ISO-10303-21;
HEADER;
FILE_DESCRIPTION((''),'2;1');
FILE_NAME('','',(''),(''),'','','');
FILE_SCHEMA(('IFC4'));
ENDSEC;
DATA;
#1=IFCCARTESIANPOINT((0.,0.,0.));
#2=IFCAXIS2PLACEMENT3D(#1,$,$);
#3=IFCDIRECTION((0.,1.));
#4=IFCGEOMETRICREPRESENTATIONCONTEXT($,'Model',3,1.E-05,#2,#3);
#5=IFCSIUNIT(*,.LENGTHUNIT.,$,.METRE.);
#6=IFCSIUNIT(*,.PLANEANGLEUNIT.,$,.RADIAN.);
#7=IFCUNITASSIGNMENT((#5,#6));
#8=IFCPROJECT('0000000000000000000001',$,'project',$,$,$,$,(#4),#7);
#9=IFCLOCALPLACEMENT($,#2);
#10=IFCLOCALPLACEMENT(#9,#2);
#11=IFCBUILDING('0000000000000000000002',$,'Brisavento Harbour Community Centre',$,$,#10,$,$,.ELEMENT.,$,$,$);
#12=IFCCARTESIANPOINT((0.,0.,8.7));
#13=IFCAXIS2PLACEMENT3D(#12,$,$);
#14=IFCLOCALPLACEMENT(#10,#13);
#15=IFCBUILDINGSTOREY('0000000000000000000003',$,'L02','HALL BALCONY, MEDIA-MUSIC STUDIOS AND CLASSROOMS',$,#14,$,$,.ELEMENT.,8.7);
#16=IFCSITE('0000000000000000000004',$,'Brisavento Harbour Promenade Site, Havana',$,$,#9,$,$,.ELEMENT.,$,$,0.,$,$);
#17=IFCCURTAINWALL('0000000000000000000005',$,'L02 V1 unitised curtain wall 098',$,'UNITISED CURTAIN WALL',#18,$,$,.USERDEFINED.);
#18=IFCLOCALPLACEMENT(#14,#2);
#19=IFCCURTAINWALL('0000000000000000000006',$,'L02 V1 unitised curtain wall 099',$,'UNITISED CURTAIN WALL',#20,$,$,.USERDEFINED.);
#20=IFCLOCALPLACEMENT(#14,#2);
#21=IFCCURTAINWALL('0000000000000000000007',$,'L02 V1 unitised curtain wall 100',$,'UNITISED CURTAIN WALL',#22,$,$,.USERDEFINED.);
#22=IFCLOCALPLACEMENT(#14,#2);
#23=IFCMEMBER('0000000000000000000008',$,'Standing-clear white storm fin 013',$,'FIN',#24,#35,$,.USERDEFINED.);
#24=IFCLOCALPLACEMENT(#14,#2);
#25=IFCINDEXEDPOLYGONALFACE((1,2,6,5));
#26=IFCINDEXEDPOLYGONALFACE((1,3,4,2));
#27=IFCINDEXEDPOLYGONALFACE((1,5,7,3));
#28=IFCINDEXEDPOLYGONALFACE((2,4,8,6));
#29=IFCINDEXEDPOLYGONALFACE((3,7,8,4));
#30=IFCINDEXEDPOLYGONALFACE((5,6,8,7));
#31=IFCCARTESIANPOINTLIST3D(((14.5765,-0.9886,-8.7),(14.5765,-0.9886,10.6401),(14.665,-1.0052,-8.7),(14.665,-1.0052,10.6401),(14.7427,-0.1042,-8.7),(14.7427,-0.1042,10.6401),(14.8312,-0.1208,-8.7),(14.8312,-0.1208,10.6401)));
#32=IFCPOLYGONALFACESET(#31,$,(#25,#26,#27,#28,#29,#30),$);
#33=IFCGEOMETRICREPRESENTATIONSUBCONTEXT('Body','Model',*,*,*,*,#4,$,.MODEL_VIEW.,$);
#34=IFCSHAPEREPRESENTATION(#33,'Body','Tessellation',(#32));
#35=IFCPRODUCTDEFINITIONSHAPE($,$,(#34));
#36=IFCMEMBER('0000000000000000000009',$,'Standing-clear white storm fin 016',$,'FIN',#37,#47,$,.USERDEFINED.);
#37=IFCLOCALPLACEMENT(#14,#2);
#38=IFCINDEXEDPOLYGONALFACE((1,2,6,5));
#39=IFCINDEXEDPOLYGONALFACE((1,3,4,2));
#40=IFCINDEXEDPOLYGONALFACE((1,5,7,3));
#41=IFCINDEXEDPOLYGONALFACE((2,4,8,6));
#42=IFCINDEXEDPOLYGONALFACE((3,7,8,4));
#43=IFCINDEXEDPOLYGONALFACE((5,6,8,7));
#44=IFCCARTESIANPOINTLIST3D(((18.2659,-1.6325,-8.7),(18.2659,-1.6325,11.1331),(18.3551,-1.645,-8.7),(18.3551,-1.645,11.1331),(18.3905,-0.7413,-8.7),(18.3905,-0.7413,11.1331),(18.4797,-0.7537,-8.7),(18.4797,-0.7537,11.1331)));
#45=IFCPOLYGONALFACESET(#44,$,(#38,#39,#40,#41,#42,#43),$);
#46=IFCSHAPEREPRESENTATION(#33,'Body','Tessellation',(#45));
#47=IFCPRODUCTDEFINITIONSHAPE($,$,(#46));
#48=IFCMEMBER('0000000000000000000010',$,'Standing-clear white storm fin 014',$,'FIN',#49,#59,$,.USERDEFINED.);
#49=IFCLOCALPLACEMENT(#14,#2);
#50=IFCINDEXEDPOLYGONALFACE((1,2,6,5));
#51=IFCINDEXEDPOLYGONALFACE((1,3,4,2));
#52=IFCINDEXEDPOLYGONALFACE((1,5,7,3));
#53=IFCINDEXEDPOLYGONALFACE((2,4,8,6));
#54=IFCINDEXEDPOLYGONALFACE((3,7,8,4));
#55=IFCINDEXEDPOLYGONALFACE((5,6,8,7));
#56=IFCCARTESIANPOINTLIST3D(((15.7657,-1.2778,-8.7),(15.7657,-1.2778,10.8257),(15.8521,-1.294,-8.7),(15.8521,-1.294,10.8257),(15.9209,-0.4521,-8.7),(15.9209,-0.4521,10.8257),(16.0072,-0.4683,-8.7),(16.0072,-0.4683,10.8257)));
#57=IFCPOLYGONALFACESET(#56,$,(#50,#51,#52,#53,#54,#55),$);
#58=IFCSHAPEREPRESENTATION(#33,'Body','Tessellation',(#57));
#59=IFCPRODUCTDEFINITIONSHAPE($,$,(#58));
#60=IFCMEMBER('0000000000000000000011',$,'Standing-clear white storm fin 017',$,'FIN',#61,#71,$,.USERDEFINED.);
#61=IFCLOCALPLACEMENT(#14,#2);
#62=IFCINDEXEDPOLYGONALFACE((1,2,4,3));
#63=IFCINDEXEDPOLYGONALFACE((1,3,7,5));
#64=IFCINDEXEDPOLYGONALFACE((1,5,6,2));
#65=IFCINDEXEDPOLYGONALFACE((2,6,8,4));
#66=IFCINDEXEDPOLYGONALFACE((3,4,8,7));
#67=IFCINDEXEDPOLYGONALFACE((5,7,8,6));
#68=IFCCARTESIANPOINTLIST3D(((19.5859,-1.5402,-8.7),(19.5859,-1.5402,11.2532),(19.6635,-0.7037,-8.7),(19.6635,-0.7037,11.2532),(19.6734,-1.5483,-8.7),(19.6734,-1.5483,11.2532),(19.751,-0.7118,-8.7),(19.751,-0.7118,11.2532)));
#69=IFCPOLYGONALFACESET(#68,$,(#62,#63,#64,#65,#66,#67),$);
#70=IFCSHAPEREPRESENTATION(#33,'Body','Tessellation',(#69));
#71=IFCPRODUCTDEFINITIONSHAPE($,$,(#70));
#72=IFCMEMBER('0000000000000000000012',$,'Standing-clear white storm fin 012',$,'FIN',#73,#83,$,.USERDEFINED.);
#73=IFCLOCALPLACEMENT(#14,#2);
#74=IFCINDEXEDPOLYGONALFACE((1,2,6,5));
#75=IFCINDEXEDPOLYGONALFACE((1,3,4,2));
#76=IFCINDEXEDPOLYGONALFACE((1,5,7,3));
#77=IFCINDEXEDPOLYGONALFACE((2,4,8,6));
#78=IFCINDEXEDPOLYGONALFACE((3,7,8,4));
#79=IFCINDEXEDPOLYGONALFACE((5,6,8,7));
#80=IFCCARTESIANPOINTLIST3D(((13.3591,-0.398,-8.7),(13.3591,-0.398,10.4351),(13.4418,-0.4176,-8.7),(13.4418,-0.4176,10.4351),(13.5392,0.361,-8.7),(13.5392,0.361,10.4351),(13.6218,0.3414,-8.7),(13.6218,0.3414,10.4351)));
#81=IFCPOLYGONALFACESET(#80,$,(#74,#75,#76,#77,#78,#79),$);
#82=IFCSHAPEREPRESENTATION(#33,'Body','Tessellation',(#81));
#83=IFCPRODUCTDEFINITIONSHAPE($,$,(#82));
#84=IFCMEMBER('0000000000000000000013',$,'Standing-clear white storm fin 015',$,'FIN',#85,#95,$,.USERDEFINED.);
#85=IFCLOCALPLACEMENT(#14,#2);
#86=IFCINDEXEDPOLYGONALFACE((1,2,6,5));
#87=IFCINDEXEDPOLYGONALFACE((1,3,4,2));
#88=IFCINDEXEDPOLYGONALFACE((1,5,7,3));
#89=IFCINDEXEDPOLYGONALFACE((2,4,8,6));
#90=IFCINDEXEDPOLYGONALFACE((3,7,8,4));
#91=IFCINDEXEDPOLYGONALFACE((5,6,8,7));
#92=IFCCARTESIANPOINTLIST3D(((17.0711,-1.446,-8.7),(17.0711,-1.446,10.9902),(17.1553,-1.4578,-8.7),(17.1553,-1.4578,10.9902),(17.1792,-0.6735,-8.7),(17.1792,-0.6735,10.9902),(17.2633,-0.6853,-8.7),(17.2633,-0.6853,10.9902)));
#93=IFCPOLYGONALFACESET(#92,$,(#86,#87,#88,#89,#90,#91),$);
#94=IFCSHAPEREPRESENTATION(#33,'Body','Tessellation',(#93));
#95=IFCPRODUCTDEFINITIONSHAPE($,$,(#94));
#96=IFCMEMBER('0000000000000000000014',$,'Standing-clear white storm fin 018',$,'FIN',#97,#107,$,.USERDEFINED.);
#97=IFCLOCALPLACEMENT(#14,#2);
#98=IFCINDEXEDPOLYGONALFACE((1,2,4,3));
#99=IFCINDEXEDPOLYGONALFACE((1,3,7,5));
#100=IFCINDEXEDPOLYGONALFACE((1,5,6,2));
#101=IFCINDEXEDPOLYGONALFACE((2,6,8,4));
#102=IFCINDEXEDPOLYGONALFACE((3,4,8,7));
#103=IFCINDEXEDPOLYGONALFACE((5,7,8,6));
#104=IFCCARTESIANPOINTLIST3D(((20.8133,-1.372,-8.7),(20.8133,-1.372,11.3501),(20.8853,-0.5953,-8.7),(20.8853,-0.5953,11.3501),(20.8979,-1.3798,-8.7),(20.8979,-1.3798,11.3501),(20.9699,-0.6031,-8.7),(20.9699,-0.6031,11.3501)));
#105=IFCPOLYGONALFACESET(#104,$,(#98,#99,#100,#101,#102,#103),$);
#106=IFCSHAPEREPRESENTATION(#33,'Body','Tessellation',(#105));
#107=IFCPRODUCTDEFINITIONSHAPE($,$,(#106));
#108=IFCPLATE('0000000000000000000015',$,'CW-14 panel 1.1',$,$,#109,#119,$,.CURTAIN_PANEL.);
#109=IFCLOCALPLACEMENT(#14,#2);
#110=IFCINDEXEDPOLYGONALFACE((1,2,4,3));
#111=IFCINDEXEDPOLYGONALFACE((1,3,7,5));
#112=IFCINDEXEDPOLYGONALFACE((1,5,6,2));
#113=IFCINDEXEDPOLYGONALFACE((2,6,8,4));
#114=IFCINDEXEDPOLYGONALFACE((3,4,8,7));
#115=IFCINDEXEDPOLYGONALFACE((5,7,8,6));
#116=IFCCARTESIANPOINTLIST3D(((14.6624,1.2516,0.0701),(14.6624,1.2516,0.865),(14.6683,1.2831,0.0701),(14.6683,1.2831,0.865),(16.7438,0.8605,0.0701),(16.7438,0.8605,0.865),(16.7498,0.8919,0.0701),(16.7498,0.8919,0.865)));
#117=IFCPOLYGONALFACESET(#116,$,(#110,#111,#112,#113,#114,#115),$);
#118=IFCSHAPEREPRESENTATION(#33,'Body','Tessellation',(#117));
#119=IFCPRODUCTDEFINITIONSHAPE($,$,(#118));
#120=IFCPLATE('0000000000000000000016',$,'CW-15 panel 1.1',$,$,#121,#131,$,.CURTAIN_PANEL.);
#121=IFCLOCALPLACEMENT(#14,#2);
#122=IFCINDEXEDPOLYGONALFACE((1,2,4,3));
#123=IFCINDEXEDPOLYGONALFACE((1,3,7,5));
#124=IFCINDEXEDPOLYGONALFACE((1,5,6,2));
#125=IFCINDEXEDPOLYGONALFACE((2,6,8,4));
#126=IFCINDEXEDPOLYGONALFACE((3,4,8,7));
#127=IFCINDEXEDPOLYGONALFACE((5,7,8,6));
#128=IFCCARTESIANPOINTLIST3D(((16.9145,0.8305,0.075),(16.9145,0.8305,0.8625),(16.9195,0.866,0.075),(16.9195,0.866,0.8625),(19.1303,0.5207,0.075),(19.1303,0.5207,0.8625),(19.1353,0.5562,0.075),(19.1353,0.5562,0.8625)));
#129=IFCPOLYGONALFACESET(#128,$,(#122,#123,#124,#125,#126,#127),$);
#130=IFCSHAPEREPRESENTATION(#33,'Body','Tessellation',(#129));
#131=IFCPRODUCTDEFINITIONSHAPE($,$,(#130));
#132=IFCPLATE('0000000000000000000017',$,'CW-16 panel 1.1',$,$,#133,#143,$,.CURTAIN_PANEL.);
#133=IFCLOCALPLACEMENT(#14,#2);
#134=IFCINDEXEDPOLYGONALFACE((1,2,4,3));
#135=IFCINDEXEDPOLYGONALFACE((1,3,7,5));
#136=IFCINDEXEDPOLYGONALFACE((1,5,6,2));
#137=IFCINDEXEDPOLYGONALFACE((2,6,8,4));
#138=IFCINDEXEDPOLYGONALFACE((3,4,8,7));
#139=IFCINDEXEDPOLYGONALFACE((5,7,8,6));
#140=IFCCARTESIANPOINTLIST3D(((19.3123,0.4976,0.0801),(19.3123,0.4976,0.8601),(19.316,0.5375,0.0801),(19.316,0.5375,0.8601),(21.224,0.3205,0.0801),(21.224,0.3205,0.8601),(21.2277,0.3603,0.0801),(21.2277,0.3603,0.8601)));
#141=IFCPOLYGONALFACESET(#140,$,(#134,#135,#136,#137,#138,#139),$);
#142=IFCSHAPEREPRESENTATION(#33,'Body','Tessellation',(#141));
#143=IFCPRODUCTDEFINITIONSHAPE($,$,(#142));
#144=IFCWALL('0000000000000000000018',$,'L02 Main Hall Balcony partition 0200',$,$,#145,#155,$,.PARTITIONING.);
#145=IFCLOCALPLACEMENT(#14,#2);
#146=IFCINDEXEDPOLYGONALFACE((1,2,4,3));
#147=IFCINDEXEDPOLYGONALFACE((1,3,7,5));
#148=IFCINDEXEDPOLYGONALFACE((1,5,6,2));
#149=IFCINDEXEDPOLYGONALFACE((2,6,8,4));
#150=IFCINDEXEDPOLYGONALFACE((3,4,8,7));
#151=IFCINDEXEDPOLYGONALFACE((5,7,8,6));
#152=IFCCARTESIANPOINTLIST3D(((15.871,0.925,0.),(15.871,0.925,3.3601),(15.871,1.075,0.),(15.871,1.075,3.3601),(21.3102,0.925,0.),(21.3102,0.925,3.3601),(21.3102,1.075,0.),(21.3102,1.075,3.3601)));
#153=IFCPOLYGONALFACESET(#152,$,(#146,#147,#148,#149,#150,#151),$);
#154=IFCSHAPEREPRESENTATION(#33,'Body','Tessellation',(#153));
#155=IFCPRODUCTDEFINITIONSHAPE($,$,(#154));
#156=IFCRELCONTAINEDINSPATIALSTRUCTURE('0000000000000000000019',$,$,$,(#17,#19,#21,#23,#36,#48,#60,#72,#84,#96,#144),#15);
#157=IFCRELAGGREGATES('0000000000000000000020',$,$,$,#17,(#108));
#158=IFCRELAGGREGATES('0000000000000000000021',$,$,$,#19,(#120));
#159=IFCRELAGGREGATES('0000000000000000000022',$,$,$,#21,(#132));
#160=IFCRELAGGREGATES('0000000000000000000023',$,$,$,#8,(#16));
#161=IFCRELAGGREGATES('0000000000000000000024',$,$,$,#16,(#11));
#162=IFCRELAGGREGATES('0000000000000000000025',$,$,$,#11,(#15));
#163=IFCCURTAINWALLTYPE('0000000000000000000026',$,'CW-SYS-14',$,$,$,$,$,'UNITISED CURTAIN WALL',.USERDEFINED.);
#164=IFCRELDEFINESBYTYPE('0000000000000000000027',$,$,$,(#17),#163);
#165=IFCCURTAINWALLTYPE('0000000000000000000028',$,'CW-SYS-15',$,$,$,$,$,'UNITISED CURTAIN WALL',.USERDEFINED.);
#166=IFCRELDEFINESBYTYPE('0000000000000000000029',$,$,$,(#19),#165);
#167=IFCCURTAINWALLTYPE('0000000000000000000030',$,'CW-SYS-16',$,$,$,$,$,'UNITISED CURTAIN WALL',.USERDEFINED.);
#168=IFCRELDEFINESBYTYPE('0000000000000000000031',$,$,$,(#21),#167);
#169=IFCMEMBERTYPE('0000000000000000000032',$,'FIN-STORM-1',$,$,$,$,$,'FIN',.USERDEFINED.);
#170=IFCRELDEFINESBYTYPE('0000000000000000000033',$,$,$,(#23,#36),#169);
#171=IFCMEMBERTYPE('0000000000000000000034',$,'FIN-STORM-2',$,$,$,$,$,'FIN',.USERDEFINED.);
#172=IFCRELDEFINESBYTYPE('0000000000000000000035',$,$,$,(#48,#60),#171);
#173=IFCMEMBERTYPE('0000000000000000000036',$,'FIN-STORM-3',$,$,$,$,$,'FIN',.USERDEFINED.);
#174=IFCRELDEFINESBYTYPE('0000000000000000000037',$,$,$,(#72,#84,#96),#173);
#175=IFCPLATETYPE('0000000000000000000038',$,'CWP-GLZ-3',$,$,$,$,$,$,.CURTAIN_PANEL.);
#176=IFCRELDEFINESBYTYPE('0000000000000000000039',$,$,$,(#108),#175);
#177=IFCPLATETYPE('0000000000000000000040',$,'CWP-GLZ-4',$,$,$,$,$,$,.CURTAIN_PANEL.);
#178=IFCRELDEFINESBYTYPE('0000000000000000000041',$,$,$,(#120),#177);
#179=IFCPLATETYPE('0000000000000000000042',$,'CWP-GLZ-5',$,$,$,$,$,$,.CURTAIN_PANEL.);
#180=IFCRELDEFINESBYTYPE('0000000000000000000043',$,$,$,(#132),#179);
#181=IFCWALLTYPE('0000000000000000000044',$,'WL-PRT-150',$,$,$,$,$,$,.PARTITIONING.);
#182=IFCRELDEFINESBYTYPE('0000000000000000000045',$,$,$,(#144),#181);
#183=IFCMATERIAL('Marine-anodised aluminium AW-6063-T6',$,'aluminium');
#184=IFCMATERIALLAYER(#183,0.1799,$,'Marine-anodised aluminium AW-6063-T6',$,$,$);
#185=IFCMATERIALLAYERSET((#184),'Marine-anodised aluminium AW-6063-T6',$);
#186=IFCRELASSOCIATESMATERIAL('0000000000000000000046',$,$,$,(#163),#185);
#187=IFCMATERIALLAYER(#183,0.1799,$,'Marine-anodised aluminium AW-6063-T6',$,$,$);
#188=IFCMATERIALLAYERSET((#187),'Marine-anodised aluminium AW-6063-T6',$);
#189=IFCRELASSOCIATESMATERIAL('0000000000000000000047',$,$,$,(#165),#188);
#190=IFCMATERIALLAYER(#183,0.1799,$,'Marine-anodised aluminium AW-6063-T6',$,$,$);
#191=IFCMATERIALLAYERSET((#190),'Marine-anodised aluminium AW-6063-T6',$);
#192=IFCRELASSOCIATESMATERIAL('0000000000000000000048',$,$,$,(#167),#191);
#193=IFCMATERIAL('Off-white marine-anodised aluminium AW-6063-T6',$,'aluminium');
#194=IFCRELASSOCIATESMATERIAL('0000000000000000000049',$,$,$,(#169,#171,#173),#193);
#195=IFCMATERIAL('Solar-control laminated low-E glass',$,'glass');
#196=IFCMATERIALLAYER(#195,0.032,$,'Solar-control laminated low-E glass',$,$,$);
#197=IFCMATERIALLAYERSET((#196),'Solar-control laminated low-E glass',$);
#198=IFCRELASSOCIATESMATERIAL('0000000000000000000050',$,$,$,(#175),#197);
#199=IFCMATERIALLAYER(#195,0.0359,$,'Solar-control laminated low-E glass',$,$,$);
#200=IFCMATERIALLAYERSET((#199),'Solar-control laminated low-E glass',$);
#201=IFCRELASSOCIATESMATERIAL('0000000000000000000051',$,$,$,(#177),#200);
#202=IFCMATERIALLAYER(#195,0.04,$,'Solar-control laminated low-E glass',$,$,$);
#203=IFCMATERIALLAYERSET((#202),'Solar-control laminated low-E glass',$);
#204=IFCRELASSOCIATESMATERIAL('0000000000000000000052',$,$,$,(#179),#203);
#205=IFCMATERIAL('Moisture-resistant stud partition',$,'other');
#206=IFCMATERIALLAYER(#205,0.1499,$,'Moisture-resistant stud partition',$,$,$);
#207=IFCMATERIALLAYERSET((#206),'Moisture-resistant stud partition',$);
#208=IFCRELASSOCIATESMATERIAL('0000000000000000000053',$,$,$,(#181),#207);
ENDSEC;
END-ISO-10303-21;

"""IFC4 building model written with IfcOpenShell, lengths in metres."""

from ifc_helpers import new_model, si_unit, direction, frame, frame_2d, origin, origin_2d, place, context, subcontext, project, spatial, rectangle, extrude, material, layer, layer_set, material_profile, profile_set, type_object, element, aggregate, save


model = new_model("IFC4")

# Units and contexts
model_context = context("Model", 3, precision=1e-05, world=origin(), true_north=direction((0.0, 1.0)))
body_context = subcontext(model_context, "Body", "Model", "MODEL_VIEW")
ifc_project = project(units=[si_unit("LENGTHUNIT", "METRE"), si_unit("PLANEANGLEUNIT", "RADIAN")], contexts=[model_context])

# Site, building, storey
site_placement = place(None, origin())
site = spatial("IfcSite", under=ifc_project, at=site_placement, Name="Brisavento Harbour Promenade Site, Havana", CompositionType="ELEMENT", RefElevation=0.0)
building_placement = place(site_placement, origin())
building = spatial("IfcBuilding", under=site, at=building_placement, Name="Brisavento Harbour Community Centre", CompositionType="ELEMENT")
storey_placement = place(building_placement, frame((0.0, 0.0, 8.7)))
storey = spatial("IfcBuildingStorey", under=building, at=storey_placement, Name="L02", Description="HALL BALCONY, MEDIA-MUSIC STUDIOS AND CLASSROOMS", CompositionType="ELEMENT", Elevation=8.7)

# Shared definitions
ifc_material_1 = material(Name="Marine-anodised aluminium AW-6063-T6", Category="aluminium")

# Curtain walls
ifc_layer_1 = layer(ifc_material_1, 0.1799, Name="Marine-anodised aluminium AW-6063-T6")
ifc_layer_set_1 = layer_set([ifc_layer_1], Name="Marine-anodised aluminium AW-6063-T6")
curtain_wall_type_1 = type_object("IfcCurtainWallType", Name="CW-SYS-14", ElementType="UNITISED CURTAIN WALL", PredefinedType="USERDEFINED", material=ifc_layer_set_1)
curtain_wall_1_placement = place(storey_placement, origin())
curtain_wall_1 = element("IfcCurtainWall", 1, at=curtain_wall_1_placement, inside=storey, type_object=curtain_wall_type_1, Name="L02 V1 unitised curtain wall 098", ObjectType="UNITISED CURTAIN WALL", PredefinedType="USERDEFINED")
ifc_layer_2 = layer(ifc_material_1, 0.1799, Name="Marine-anodised aluminium AW-6063-T6")
ifc_layer_set_2 = layer_set([ifc_layer_2], Name="Marine-anodised aluminium AW-6063-T6")
curtain_wall_type_2 = type_object("IfcCurtainWallType", Name="CW-SYS-15", ElementType="UNITISED CURTAIN WALL", PredefinedType="USERDEFINED", material=ifc_layer_set_2)
curtain_wall_2_placement = place(storey_placement, origin())
curtain_wall_2 = element("IfcCurtainWall", 2, at=curtain_wall_2_placement, inside=storey, type_object=curtain_wall_type_2, Name="L02 V1 unitised curtain wall 099", ObjectType="UNITISED CURTAIN WALL", PredefinedType="USERDEFINED")

# Curtain wall
ifc_layer_3 = layer(ifc_material_1, 0.1799, Name="Marine-anodised aluminium AW-6063-T6")
ifc_layer_set_3 = layer_set([ifc_layer_3], Name="Marine-anodised aluminium AW-6063-T6")
curtain_wall_type_3 = type_object("IfcCurtainWallType", Name="CW-SYS-16", ElementType="UNITISED CURTAIN WALL", PredefinedType="USERDEFINED", material=ifc_layer_set_3)
curtain_wall_3_placement = place(storey_placement, origin())
curtain_wall_3 = element("IfcCurtainWall", 3, at=curtain_wall_3_placement, inside=storey, type_object=curtain_wall_type_3, Name="L02 V1 unitised curtain wall 100", ObjectType="UNITISED CURTAIN WALL", PredefinedType="USERDEFINED")

# Members
ifc_material_2 = material(Name="Off-white marine-anodised aluminium AW-6063-T6", Category="aluminium")
ifc_material_profile_1 = material_profile(ifc_material_2, rectangle(XDim=0.0901, YDim=0.8999, at=origin_2d()), Name="Off-white marine-anodised aluminium AW-6063-T6")
ifc_profile_set_1 = profile_set([ifc_material_profile_1], Name="Off-white marine-anodised aluminium AW-6063-T6")
member_type_1 = type_object("IfcMemberType", Name="FIN-STORM-1", ElementType="FIN", PredefinedType="USERDEFINED", material=ifc_profile_set_1)
member_1_placement = place(storey_placement, frame((14.7039, -0.5547, -8.7), z_axis=(0.0, 0.0, 1.0), x_axis=(-0.9828, 0.184672, 0.0)))
element("IfcMember", 4, at=member_1_placement, inside=storey, type_object=member_type_1, Name="Standing-clear white storm fin 013", ObjectType="FIN", PredefinedType="USERDEFINED", context=body_context, shape_type="SweptSolid", body=[
    extrude(rectangle(XDim=0.0901, YDim=0.8999, at=origin_2d()), origin(), (0.0, 0.0, 1.0), 19.3401),
])
member_2_placement = place(storey_placement, frame((18.3728, -1.1931, -8.7), z_axis=(0.0, 0.0, 1.0), x_axis=(-0.990363, 0.138499, 0.0)))
element("IfcMember", 5, at=member_2_placement, inside=storey, type_object=member_type_1, Name="Standing-clear white storm fin 016", ObjectType="FIN", PredefinedType="USERDEFINED", context=body_context, shape_type="SweptSolid", body=[
    extrude(rectangle(XDim=0.0901, YDim=0.8999, at=origin_2d()), origin(), (0.0, 0.0, 1.0), 19.833),
])
ifc_material_profile_2 = material_profile(ifc_material_2, rectangle(XDim=0.0879, YDim=0.8401, at=origin_2d()), Name="Off-white marine-anodised aluminium AW-6063-T6")
ifc_profile_set_2 = profile_set([ifc_material_profile_2], Name="Off-white marine-anodised aluminium AW-6063-T6")
member_type_2 = type_object("IfcMemberType", Name="FIN-STORM-2", ElementType="FIN", PredefinedType="USERDEFINED", material=ifc_profile_set_2)
member_3_placement = place(storey_placement, frame((15.8865, -0.873, -8.7), z_axis=(0.0, 0.0, 1.0), x_axis=(-0.9828, 0.184672, 0.0)))
element("IfcMember", 6, at=member_3_placement, inside=storey, type_object=member_type_2, Name="Standing-clear white storm fin 014", ObjectType="FIN", PredefinedType="USERDEFINED", context=body_context, shape_type="SweptSolid", body=[
    extrude(rectangle(XDim=0.0879, YDim=0.8401, at=origin_2d()), origin(), (0.0, 0.0, 1.0), 19.5256),
])
member_4_placement = place(storey_placement, frame((19.6685, -1.126, -8.7), z_axis=(0.0, 0.0, 1.0), x_axis=(-0.995728, 0.092336, 0.0)))
element("IfcMember", 7, at=member_4_placement, inside=storey, type_object=member_type_2, Name="Standing-clear white storm fin 017", ObjectType="FIN", PredefinedType="USERDEFINED", context=body_context, shape_type="SweptSolid", body=[
    extrude(rectangle(XDim=0.0879, YDim=0.8401, at=origin_2d()), origin(), (0.0, 0.0, 1.0), 19.9531),
])
ifc_material_profile_3 = material_profile(ifc_material_2, rectangle(XDim=0.085, YDim=0.78, at=origin_2d()), Name="Off-white marine-anodised aluminium AW-6063-T6")
ifc_profile_set_3 = profile_set([ifc_material_profile_3], Name="Off-white marine-anodised aluminium AW-6063-T6")
member_type_3 = type_object("IfcMemberType", Name="FIN-STORM-3", ElementType="FIN", PredefinedType="USERDEFINED", material=ifc_profile_set_3)
member_5_placement = place(storey_placement, frame((13.4905, -0.0283, -8.7), z_axis=(0.0, 0.0, 1.0), x_axis=(-0.972994, 0.230831, 0.0)))
element("IfcMember", 8, at=member_5_placement, inside=storey, type_object=member_type_3, Name="Standing-clear white storm fin 012", ObjectType="FIN", PredefinedType="USERDEFINED", context=body_context, shape_type="SweptSolid", body=[
    extrude(rectangle(XDim=0.085, YDim=0.78, at=origin_2d()), origin(), (0.0, 0.0, 1.0), 19.135),
])
member_6_placement = place(storey_placement, frame((17.1672, -1.0657, -8.7), z_axis=(0.0, 0.0, 1.0), x_axis=(-0.990363, 0.138499, 0.0)))
element("IfcMember", 9, at=member_6_placement, inside=storey, type_object=member_type_3, Name="Standing-clear white storm fin 015", ObjectType="FIN", PredefinedType="USERDEFINED", context=body_context, shape_type="SweptSolid", body=[
    extrude(rectangle(XDim=0.085, YDim=0.78, at=origin_2d()), origin(), (0.0, 0.0, 1.0), 19.6902),
])
member_7_placement = place(storey_placement, frame((20.8916, -0.9875, -8.7), z_axis=(0.0, 0.0, 1.0), x_axis=(-0.995728, 0.092336, 0.0)))
element("IfcMember", 10, at=member_7_placement, inside=storey, type_object=member_type_3, Name="Standing-clear white storm fin 018", ObjectType="FIN", PredefinedType="USERDEFINED", context=body_context, shape_type="SweptSolid", body=[
    extrude(rectangle(XDim=0.085, YDim=0.78, at=origin_2d()), origin(), (0.0, 0.0, 1.0), 20.05),
])

# Plates
ifc_material_3 = material(Name="Solar-control laminated low-E glass", Category="glass")
ifc_layer_4 = layer(ifc_material_3, 0.032, Name="Solar-control laminated low-E glass")
ifc_layer_set_4 = layer_set([ifc_layer_4], Name="Solar-control laminated low-E glass")
plate_type_1 = type_object("IfcPlateType", Name="CWP-GLZ-3", PredefinedType="CURTAIN_PANEL", material=ifc_layer_set_4)
plate_1_placement = place(storey_placement, frame((15.7061, 1.0718, 0.0701), z_axis=(0.0, 0.0, 1.0), x_axis=(-0.982797, 0.18469, 0.0)))
plate_1 = element("IfcPlate", 11, at=plate_1_placement, type_object=plate_type_1, Name="CW-14 panel 1.1", PredefinedType="CURTAIN_PANEL", context=body_context, shape_type="SweptSolid", body=[
    extrude(rectangle(XDim=2.1179, YDim=0.032, at=origin_2d()), origin(), (0.0, 0.0, 1.0), 0.7949),
])
aggregate(curtain_wall_1, [plate_1])
ifc_layer_5 = layer(ifc_material_3, 0.0359, Name="Solar-control laminated low-E glass")
ifc_layer_set_5 = layer_set([ifc_layer_5], Name="Solar-control laminated low-E glass")
plate_type_2 = type_object("IfcPlateType", Name="CWP-GLZ-4", PredefinedType="CURTAIN_PANEL", material=ifc_layer_set_5)
plate_2_placement = place(storey_placement, frame((18.0249, 0.6934, 0.075), z_axis=(0.0, 0.0, 1.0), x_axis=(-0.990366, 0.138477, 0.0)))
plate_2 = element("IfcPlate", 12, at=plate_2_placement, type_object=plate_type_2, Name="CW-15 panel 1.1", PredefinedType="CURTAIN_PANEL", context=body_context, shape_type="SweptSolid", body=[
    extrude(rectangle(XDim=2.2373, YDim=0.0359, at=origin_2d()), origin(), (0.0, 0.0, 1.0), 0.7876),
])
aggregate(curtain_wall_2, [plate_2])
ifc_layer_6 = layer(ifc_material_3, 0.04, Name="Solar-control laminated low-E glass")
ifc_layer_set_6 = layer_set([ifc_layer_6], Name="Solar-control laminated low-E glass")
plate_type_3 = type_object("IfcPlateType", Name="CWP-GLZ-5", PredefinedType="CURTAIN_PANEL", material=ifc_layer_set_6)
plate_3_placement = place(storey_placement, frame((20.27, 0.429, 0.0801), z_axis=(0.0, 0.0, 1.0), x_axis=(-0.995735, 0.092261, 0.0)))
plate_3 = element("IfcPlate", 13, at=plate_3_placement, type_object=plate_type_3, Name="CW-16 panel 1.1", PredefinedType="CURTAIN_PANEL", context=body_context, shape_type="SweptSolid", body=[
    extrude(rectangle(XDim=1.9199, YDim=0.04, at=origin_2d()), origin(), (0.0, 0.0, 1.0), 0.78),
])
aggregate(curtain_wall_3, [plate_3])

# Wall
ifc_material_4 = material(Name="Moisture-resistant stud partition", Category="other")
ifc_layer_7 = layer(ifc_material_4, 0.1499, Name="Moisture-resistant stud partition")
ifc_layer_set_7 = layer_set([ifc_layer_7], Name="Moisture-resistant stud partition")
wall_type = type_object("IfcWallType", Name="WL-PRT-150", PredefinedType="PARTITIONING", material=ifc_layer_set_7)
wall_placement = place(storey_placement, frame((15.8708, 1.0, 0.0), z_axis=(0.0, 0.0, 1.0), x_axis=(1.0, 0.0, 0.0)))
element("IfcWall", 14, at=wall_placement, inside=storey, type_object=wall_type, Name="L02 Main Hall Balcony partition 0200", PredefinedType="PARTITIONING", context=body_context, shape_type="SweptSolid", body=[
    extrude(rectangle(XDim=5.4392, YDim=0.1499, at=frame_2d((2.7197, 0.0))), origin(), (0.0, 0.0, 1.0), 3.3601),
])

save(model, "model.ifc")
